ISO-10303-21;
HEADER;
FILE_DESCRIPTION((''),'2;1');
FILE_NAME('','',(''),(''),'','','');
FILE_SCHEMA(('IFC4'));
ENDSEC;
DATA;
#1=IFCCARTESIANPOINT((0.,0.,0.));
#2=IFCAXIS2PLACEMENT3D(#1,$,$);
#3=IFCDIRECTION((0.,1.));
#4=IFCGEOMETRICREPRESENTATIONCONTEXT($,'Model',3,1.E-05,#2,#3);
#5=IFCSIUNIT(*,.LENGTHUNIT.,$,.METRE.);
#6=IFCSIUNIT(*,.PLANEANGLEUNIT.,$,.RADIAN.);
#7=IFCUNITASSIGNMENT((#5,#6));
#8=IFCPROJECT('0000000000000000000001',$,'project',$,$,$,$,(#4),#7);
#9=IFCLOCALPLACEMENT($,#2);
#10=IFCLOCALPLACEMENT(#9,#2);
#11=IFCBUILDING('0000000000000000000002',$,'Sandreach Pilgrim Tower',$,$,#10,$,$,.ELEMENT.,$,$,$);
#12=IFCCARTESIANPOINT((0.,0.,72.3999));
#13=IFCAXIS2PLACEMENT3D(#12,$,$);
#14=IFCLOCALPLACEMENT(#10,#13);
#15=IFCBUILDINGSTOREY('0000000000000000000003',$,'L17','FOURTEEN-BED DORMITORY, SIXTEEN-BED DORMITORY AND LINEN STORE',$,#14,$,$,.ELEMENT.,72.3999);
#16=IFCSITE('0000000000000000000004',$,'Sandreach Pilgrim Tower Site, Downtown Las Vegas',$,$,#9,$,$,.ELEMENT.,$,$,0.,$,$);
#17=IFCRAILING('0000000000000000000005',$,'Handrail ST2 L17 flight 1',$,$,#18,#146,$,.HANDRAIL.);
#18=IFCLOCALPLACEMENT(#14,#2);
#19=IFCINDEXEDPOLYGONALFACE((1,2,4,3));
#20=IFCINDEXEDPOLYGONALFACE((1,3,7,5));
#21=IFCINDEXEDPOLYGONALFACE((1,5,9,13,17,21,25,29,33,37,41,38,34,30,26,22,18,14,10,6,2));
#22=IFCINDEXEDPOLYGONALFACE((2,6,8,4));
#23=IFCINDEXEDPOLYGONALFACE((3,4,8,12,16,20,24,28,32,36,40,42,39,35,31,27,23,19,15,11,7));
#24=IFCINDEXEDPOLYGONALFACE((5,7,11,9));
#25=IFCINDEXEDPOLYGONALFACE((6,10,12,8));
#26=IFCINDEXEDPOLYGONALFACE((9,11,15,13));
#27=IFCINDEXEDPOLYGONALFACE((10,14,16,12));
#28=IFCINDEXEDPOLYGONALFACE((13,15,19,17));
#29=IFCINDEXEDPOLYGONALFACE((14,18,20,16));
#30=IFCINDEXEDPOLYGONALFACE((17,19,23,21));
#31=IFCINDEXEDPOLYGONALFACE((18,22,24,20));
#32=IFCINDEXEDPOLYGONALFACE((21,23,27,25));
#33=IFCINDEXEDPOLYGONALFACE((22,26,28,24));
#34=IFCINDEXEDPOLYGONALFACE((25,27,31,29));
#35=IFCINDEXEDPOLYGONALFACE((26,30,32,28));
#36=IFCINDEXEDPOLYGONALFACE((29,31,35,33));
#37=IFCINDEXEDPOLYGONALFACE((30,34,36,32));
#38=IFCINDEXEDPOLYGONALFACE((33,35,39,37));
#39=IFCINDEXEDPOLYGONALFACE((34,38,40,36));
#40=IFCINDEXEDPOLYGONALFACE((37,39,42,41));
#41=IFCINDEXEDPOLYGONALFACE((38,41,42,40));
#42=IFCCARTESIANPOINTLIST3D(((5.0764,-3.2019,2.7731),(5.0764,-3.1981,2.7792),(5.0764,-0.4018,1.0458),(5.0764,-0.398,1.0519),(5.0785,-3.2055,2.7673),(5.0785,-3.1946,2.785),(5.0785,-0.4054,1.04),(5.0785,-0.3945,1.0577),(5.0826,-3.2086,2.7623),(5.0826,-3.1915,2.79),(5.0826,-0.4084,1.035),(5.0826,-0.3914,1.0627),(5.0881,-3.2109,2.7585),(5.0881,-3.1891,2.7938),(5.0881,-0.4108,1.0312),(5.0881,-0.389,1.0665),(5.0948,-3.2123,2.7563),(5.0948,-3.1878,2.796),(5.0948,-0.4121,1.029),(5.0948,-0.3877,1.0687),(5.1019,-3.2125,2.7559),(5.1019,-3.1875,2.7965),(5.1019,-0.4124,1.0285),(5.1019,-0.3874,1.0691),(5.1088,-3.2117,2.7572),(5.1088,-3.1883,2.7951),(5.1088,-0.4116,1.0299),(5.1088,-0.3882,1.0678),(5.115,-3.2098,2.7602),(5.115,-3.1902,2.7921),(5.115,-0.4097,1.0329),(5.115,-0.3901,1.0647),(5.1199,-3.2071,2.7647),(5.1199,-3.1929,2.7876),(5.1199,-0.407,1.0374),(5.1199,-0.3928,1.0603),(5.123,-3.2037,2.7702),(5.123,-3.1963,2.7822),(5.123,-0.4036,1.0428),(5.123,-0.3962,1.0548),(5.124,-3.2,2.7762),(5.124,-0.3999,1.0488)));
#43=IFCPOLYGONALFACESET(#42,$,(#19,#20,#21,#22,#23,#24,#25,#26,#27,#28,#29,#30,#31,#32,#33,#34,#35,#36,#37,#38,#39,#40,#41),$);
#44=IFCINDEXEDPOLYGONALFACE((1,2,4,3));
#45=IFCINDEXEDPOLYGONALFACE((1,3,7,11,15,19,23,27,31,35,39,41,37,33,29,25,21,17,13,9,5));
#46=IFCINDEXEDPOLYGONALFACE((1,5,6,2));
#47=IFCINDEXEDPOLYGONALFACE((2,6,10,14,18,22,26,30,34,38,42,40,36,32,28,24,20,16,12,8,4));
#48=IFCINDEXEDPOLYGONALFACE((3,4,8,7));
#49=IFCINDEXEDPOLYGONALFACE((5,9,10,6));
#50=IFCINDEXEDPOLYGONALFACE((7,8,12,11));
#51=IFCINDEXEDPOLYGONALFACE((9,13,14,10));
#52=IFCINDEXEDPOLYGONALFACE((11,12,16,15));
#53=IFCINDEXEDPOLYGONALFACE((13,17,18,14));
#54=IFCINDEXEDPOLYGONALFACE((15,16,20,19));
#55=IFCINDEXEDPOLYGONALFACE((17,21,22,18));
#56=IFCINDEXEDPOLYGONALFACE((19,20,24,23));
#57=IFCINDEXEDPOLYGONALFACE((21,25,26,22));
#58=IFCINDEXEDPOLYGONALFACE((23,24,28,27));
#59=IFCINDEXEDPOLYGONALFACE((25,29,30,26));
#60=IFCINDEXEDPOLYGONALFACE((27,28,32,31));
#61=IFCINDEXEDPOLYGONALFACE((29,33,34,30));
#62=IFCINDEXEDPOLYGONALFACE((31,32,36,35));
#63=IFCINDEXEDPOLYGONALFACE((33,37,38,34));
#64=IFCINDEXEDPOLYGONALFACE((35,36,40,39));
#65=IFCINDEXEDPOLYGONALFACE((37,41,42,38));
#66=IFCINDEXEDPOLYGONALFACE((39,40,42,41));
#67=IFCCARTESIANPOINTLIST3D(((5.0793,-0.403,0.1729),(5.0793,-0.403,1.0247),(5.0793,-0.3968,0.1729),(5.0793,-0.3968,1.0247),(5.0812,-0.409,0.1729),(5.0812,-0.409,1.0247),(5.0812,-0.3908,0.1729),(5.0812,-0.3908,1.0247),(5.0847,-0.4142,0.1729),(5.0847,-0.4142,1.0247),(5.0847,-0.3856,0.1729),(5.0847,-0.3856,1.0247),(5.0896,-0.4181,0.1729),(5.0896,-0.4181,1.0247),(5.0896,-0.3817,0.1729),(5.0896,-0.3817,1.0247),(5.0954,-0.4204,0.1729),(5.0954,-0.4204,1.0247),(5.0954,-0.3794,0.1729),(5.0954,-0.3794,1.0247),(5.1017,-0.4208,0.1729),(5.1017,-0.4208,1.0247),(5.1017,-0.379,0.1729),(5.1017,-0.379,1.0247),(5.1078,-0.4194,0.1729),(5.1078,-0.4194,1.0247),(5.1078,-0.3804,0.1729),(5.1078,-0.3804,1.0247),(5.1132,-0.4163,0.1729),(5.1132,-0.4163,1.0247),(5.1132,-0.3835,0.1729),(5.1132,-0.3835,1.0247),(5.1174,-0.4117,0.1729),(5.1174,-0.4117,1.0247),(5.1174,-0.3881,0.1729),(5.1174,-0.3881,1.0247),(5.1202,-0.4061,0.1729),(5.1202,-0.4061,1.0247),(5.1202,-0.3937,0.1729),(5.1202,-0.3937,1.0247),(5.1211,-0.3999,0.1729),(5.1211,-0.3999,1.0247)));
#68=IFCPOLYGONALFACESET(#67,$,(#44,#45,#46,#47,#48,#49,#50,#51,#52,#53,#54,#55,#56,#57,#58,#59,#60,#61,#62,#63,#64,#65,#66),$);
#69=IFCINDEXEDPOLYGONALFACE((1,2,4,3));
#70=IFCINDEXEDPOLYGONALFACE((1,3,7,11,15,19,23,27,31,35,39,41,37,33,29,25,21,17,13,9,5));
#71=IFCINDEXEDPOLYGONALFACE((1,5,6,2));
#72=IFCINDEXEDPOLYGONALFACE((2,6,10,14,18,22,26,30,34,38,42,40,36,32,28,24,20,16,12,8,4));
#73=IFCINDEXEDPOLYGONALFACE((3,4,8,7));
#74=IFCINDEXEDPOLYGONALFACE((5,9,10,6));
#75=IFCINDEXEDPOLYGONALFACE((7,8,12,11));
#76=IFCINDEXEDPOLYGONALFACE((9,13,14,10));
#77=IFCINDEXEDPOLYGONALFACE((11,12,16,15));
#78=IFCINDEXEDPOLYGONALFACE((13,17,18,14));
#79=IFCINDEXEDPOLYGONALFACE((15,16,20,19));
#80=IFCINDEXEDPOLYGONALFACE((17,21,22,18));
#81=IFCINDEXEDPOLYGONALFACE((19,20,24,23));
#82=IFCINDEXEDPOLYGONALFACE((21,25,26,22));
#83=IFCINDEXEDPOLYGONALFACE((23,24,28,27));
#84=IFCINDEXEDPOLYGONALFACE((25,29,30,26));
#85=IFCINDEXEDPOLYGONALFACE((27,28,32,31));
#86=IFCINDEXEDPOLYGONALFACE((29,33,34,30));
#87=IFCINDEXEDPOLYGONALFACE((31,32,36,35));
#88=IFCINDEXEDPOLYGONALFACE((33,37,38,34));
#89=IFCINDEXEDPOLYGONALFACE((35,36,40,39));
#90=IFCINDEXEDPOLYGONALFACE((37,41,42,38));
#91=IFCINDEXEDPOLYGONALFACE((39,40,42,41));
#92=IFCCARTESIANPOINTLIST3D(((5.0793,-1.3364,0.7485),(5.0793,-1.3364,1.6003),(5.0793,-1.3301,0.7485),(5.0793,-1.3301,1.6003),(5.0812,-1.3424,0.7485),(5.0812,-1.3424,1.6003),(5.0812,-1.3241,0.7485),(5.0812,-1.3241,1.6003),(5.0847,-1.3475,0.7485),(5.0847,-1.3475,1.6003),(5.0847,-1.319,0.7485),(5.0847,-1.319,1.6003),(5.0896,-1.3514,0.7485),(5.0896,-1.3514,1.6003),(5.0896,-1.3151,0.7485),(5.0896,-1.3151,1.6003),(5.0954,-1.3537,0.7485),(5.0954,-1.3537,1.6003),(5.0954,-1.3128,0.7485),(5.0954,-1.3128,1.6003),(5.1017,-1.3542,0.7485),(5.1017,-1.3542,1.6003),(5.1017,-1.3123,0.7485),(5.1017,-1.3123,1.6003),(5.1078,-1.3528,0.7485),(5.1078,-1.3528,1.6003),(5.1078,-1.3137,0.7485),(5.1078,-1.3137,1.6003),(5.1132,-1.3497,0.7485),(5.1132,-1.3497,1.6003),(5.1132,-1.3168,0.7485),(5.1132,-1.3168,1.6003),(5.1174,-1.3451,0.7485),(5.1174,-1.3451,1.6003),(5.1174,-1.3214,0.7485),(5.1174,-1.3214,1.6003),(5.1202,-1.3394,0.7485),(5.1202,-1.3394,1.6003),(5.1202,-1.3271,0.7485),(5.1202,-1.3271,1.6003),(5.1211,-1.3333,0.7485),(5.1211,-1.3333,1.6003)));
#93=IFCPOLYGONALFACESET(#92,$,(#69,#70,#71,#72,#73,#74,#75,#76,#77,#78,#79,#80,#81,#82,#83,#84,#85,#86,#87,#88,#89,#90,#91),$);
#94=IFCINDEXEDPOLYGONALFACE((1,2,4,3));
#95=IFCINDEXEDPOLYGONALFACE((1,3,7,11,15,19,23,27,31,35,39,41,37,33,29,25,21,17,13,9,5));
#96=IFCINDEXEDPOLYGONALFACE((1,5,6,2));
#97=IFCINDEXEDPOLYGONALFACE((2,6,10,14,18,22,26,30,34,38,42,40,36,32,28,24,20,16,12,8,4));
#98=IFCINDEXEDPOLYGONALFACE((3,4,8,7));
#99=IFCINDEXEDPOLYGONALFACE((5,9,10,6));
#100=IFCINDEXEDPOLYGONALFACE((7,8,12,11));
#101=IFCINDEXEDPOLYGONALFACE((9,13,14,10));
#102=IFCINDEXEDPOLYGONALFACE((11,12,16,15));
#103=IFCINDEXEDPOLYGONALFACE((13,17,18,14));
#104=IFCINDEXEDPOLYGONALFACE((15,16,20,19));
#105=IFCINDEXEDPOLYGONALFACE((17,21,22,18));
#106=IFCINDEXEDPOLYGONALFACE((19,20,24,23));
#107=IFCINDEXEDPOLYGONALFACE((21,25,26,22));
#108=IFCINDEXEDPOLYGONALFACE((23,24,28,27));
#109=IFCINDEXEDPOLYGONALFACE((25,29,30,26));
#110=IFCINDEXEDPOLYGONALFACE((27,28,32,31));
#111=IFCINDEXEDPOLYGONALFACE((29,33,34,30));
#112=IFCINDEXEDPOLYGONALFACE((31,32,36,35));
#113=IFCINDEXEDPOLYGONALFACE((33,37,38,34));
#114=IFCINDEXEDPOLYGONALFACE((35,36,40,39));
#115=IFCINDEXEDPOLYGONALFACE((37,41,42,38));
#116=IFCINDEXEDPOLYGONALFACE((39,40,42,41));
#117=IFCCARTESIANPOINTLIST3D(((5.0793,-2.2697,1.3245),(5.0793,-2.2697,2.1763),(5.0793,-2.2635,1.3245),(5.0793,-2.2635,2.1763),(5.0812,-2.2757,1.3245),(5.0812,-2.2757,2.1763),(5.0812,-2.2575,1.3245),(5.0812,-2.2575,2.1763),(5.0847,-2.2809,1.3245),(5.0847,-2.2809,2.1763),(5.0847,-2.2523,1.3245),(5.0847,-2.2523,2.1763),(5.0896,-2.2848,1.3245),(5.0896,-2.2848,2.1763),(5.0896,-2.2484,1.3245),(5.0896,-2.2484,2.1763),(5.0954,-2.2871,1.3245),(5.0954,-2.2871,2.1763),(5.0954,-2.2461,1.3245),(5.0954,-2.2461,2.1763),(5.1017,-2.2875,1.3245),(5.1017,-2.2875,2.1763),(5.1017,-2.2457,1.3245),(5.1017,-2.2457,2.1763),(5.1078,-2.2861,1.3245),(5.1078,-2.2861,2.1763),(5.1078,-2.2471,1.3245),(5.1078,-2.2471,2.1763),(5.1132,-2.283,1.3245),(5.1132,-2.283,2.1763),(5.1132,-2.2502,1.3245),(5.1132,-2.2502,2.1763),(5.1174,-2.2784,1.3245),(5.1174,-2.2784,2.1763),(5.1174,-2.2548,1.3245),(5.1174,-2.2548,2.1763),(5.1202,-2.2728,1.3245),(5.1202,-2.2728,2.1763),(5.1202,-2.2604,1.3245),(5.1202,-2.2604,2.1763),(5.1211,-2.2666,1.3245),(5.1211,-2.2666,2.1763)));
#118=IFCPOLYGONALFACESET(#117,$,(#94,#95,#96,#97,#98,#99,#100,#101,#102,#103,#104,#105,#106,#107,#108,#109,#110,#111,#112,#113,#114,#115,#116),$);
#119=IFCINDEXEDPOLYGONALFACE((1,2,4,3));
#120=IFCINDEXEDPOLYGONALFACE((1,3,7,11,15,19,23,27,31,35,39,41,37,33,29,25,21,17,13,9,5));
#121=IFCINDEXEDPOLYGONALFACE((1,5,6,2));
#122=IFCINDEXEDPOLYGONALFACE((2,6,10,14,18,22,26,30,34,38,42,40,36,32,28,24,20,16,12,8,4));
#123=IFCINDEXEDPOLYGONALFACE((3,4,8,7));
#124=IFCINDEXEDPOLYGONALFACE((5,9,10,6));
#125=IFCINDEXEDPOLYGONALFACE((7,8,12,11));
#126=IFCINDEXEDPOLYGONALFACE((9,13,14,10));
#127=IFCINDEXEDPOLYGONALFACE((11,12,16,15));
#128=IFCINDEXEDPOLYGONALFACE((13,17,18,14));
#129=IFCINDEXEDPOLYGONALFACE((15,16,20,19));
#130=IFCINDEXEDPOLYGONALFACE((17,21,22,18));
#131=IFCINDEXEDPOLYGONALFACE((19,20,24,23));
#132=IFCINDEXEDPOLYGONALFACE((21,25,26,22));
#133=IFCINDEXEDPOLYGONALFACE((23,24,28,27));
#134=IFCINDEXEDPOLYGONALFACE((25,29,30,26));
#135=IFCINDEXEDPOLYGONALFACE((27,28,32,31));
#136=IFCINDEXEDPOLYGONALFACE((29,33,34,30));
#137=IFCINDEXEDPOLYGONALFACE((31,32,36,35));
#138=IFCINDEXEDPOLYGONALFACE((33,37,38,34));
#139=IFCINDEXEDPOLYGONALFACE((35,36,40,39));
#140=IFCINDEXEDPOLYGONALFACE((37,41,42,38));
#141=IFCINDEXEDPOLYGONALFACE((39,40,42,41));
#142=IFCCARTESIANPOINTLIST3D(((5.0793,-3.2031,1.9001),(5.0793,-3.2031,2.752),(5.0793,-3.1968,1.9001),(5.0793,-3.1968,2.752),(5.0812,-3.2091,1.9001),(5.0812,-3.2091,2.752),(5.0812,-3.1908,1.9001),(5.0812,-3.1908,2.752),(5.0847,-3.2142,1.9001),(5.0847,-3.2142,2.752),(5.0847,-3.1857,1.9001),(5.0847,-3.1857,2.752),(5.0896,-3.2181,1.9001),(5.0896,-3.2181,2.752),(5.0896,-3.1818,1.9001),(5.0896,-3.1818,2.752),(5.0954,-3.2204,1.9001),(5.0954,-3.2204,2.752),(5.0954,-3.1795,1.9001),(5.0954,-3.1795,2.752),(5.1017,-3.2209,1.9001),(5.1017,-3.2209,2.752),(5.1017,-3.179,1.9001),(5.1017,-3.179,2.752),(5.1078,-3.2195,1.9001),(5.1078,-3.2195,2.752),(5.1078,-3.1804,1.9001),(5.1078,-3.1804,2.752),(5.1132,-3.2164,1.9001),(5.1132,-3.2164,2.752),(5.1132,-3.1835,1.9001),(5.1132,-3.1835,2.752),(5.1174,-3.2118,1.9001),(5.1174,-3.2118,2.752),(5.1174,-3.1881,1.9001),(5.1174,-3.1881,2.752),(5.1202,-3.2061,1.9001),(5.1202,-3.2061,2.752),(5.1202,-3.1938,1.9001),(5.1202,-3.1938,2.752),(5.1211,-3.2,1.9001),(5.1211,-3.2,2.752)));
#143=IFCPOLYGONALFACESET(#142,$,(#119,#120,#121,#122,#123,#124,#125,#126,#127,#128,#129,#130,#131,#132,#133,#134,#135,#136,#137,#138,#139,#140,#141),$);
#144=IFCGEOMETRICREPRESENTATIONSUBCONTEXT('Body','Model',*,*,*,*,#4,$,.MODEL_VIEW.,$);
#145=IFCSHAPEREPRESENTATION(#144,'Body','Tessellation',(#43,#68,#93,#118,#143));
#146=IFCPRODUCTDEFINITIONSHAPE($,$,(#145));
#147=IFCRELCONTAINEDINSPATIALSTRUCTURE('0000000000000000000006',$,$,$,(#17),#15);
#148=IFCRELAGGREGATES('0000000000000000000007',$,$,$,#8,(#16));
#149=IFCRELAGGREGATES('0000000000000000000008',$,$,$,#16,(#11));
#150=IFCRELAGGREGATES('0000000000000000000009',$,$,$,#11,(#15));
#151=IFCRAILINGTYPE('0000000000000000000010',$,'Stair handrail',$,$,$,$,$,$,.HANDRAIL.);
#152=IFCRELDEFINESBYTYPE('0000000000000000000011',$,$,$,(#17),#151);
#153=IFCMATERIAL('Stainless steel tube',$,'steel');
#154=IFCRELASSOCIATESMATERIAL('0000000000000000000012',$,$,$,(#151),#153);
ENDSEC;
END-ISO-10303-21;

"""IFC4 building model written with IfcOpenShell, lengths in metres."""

from ifc_helpers import new_model, si_unit, direction, frame, origin, origin_2d, place, context, subcontext, project, spatial, circle, extrude, material, type_object, element, save


model = new_model("IFC4")

# Units and contexts
model_context = context("Model", 3, precision=1e-05, world=origin(), true_north=direction((0.0, 1.0)))
body_context = subcontext(model_context, "Body", "Model", "MODEL_VIEW")
ifc_project = project(units=[si_unit("LENGTHUNIT", "METRE"), si_unit("PLANEANGLEUNIT", "RADIAN")], contexts=[model_context])

# Site, building, storey
site_placement = place(None, origin())
site = spatial("IfcSite", under=ifc_project, at=site_placement, Name="Sandreach Pilgrim Tower Site, Downtown Las Vegas", CompositionType="ELEMENT", RefElevation=0.0)
building_placement = place(site_placement, origin())
building = spatial("IfcBuilding", under=site, at=building_placement, Name="Sandreach Pilgrim Tower", CompositionType="ELEMENT")
storey_placement = place(building_placement, frame((0.0, 0.0, 72.3999)))
storey = spatial("IfcBuildingStorey", under=building, at=storey_placement, Name="L17", Description="FOURTEEN-BED DORMITORY, SIXTEEN-BED DORMITORY AND LINEN STORE", CompositionType="ELEMENT", Elevation=72.3999)

# Railing
ifc_material_1 = material(Name="Stainless steel tube", Category="steel")
railing_type = type_object("IfcRailingType", Name="Stair handrail", PredefinedType="HANDRAIL", material=ifc_material_1)
railing_placement = place(storey_placement, frame((5.1001, -0.3999, 0.1729)))
element("IfcRailing", 1, at=railing_placement, inside=storey, type_object=railing_type, Name="Handrail ST2 L17 flight 1", PredefinedType="HANDRAIL", context=body_context, shape_type="SweptSolid", body=[
    extrude(circle(Radius=0.0239, at=origin_2d()), frame((0.0, 0.0, 0.876), z_axis=(0.0, -0.85109, 0.52502), x_axis=(1.0, 0.0, 0.0)), (0.0, 0.0, 1.0), 3.29),
    extrude(circle(Radius=0.021, at=origin_2d()), origin(), (0.0, 0.0, 1.0), 0.8518),
    extrude(circle(Radius=0.021, at=origin_2d()), frame((0.0, -0.9333, 0.5757)), (0.0, 0.0, 1.0), 0.8518),
    extrude(circle(Radius=0.021, at=origin_2d()), frame((0.0, -1.8667, 1.1516)), (0.0, 0.0, 1.0), 0.8518),
    extrude(circle(Radius=0.021, at=origin_2d()), frame((0.0, -2.8, 1.7273)), (0.0, 0.0, 1.0), 0.8518),
])

save(model, "model.ifc")
